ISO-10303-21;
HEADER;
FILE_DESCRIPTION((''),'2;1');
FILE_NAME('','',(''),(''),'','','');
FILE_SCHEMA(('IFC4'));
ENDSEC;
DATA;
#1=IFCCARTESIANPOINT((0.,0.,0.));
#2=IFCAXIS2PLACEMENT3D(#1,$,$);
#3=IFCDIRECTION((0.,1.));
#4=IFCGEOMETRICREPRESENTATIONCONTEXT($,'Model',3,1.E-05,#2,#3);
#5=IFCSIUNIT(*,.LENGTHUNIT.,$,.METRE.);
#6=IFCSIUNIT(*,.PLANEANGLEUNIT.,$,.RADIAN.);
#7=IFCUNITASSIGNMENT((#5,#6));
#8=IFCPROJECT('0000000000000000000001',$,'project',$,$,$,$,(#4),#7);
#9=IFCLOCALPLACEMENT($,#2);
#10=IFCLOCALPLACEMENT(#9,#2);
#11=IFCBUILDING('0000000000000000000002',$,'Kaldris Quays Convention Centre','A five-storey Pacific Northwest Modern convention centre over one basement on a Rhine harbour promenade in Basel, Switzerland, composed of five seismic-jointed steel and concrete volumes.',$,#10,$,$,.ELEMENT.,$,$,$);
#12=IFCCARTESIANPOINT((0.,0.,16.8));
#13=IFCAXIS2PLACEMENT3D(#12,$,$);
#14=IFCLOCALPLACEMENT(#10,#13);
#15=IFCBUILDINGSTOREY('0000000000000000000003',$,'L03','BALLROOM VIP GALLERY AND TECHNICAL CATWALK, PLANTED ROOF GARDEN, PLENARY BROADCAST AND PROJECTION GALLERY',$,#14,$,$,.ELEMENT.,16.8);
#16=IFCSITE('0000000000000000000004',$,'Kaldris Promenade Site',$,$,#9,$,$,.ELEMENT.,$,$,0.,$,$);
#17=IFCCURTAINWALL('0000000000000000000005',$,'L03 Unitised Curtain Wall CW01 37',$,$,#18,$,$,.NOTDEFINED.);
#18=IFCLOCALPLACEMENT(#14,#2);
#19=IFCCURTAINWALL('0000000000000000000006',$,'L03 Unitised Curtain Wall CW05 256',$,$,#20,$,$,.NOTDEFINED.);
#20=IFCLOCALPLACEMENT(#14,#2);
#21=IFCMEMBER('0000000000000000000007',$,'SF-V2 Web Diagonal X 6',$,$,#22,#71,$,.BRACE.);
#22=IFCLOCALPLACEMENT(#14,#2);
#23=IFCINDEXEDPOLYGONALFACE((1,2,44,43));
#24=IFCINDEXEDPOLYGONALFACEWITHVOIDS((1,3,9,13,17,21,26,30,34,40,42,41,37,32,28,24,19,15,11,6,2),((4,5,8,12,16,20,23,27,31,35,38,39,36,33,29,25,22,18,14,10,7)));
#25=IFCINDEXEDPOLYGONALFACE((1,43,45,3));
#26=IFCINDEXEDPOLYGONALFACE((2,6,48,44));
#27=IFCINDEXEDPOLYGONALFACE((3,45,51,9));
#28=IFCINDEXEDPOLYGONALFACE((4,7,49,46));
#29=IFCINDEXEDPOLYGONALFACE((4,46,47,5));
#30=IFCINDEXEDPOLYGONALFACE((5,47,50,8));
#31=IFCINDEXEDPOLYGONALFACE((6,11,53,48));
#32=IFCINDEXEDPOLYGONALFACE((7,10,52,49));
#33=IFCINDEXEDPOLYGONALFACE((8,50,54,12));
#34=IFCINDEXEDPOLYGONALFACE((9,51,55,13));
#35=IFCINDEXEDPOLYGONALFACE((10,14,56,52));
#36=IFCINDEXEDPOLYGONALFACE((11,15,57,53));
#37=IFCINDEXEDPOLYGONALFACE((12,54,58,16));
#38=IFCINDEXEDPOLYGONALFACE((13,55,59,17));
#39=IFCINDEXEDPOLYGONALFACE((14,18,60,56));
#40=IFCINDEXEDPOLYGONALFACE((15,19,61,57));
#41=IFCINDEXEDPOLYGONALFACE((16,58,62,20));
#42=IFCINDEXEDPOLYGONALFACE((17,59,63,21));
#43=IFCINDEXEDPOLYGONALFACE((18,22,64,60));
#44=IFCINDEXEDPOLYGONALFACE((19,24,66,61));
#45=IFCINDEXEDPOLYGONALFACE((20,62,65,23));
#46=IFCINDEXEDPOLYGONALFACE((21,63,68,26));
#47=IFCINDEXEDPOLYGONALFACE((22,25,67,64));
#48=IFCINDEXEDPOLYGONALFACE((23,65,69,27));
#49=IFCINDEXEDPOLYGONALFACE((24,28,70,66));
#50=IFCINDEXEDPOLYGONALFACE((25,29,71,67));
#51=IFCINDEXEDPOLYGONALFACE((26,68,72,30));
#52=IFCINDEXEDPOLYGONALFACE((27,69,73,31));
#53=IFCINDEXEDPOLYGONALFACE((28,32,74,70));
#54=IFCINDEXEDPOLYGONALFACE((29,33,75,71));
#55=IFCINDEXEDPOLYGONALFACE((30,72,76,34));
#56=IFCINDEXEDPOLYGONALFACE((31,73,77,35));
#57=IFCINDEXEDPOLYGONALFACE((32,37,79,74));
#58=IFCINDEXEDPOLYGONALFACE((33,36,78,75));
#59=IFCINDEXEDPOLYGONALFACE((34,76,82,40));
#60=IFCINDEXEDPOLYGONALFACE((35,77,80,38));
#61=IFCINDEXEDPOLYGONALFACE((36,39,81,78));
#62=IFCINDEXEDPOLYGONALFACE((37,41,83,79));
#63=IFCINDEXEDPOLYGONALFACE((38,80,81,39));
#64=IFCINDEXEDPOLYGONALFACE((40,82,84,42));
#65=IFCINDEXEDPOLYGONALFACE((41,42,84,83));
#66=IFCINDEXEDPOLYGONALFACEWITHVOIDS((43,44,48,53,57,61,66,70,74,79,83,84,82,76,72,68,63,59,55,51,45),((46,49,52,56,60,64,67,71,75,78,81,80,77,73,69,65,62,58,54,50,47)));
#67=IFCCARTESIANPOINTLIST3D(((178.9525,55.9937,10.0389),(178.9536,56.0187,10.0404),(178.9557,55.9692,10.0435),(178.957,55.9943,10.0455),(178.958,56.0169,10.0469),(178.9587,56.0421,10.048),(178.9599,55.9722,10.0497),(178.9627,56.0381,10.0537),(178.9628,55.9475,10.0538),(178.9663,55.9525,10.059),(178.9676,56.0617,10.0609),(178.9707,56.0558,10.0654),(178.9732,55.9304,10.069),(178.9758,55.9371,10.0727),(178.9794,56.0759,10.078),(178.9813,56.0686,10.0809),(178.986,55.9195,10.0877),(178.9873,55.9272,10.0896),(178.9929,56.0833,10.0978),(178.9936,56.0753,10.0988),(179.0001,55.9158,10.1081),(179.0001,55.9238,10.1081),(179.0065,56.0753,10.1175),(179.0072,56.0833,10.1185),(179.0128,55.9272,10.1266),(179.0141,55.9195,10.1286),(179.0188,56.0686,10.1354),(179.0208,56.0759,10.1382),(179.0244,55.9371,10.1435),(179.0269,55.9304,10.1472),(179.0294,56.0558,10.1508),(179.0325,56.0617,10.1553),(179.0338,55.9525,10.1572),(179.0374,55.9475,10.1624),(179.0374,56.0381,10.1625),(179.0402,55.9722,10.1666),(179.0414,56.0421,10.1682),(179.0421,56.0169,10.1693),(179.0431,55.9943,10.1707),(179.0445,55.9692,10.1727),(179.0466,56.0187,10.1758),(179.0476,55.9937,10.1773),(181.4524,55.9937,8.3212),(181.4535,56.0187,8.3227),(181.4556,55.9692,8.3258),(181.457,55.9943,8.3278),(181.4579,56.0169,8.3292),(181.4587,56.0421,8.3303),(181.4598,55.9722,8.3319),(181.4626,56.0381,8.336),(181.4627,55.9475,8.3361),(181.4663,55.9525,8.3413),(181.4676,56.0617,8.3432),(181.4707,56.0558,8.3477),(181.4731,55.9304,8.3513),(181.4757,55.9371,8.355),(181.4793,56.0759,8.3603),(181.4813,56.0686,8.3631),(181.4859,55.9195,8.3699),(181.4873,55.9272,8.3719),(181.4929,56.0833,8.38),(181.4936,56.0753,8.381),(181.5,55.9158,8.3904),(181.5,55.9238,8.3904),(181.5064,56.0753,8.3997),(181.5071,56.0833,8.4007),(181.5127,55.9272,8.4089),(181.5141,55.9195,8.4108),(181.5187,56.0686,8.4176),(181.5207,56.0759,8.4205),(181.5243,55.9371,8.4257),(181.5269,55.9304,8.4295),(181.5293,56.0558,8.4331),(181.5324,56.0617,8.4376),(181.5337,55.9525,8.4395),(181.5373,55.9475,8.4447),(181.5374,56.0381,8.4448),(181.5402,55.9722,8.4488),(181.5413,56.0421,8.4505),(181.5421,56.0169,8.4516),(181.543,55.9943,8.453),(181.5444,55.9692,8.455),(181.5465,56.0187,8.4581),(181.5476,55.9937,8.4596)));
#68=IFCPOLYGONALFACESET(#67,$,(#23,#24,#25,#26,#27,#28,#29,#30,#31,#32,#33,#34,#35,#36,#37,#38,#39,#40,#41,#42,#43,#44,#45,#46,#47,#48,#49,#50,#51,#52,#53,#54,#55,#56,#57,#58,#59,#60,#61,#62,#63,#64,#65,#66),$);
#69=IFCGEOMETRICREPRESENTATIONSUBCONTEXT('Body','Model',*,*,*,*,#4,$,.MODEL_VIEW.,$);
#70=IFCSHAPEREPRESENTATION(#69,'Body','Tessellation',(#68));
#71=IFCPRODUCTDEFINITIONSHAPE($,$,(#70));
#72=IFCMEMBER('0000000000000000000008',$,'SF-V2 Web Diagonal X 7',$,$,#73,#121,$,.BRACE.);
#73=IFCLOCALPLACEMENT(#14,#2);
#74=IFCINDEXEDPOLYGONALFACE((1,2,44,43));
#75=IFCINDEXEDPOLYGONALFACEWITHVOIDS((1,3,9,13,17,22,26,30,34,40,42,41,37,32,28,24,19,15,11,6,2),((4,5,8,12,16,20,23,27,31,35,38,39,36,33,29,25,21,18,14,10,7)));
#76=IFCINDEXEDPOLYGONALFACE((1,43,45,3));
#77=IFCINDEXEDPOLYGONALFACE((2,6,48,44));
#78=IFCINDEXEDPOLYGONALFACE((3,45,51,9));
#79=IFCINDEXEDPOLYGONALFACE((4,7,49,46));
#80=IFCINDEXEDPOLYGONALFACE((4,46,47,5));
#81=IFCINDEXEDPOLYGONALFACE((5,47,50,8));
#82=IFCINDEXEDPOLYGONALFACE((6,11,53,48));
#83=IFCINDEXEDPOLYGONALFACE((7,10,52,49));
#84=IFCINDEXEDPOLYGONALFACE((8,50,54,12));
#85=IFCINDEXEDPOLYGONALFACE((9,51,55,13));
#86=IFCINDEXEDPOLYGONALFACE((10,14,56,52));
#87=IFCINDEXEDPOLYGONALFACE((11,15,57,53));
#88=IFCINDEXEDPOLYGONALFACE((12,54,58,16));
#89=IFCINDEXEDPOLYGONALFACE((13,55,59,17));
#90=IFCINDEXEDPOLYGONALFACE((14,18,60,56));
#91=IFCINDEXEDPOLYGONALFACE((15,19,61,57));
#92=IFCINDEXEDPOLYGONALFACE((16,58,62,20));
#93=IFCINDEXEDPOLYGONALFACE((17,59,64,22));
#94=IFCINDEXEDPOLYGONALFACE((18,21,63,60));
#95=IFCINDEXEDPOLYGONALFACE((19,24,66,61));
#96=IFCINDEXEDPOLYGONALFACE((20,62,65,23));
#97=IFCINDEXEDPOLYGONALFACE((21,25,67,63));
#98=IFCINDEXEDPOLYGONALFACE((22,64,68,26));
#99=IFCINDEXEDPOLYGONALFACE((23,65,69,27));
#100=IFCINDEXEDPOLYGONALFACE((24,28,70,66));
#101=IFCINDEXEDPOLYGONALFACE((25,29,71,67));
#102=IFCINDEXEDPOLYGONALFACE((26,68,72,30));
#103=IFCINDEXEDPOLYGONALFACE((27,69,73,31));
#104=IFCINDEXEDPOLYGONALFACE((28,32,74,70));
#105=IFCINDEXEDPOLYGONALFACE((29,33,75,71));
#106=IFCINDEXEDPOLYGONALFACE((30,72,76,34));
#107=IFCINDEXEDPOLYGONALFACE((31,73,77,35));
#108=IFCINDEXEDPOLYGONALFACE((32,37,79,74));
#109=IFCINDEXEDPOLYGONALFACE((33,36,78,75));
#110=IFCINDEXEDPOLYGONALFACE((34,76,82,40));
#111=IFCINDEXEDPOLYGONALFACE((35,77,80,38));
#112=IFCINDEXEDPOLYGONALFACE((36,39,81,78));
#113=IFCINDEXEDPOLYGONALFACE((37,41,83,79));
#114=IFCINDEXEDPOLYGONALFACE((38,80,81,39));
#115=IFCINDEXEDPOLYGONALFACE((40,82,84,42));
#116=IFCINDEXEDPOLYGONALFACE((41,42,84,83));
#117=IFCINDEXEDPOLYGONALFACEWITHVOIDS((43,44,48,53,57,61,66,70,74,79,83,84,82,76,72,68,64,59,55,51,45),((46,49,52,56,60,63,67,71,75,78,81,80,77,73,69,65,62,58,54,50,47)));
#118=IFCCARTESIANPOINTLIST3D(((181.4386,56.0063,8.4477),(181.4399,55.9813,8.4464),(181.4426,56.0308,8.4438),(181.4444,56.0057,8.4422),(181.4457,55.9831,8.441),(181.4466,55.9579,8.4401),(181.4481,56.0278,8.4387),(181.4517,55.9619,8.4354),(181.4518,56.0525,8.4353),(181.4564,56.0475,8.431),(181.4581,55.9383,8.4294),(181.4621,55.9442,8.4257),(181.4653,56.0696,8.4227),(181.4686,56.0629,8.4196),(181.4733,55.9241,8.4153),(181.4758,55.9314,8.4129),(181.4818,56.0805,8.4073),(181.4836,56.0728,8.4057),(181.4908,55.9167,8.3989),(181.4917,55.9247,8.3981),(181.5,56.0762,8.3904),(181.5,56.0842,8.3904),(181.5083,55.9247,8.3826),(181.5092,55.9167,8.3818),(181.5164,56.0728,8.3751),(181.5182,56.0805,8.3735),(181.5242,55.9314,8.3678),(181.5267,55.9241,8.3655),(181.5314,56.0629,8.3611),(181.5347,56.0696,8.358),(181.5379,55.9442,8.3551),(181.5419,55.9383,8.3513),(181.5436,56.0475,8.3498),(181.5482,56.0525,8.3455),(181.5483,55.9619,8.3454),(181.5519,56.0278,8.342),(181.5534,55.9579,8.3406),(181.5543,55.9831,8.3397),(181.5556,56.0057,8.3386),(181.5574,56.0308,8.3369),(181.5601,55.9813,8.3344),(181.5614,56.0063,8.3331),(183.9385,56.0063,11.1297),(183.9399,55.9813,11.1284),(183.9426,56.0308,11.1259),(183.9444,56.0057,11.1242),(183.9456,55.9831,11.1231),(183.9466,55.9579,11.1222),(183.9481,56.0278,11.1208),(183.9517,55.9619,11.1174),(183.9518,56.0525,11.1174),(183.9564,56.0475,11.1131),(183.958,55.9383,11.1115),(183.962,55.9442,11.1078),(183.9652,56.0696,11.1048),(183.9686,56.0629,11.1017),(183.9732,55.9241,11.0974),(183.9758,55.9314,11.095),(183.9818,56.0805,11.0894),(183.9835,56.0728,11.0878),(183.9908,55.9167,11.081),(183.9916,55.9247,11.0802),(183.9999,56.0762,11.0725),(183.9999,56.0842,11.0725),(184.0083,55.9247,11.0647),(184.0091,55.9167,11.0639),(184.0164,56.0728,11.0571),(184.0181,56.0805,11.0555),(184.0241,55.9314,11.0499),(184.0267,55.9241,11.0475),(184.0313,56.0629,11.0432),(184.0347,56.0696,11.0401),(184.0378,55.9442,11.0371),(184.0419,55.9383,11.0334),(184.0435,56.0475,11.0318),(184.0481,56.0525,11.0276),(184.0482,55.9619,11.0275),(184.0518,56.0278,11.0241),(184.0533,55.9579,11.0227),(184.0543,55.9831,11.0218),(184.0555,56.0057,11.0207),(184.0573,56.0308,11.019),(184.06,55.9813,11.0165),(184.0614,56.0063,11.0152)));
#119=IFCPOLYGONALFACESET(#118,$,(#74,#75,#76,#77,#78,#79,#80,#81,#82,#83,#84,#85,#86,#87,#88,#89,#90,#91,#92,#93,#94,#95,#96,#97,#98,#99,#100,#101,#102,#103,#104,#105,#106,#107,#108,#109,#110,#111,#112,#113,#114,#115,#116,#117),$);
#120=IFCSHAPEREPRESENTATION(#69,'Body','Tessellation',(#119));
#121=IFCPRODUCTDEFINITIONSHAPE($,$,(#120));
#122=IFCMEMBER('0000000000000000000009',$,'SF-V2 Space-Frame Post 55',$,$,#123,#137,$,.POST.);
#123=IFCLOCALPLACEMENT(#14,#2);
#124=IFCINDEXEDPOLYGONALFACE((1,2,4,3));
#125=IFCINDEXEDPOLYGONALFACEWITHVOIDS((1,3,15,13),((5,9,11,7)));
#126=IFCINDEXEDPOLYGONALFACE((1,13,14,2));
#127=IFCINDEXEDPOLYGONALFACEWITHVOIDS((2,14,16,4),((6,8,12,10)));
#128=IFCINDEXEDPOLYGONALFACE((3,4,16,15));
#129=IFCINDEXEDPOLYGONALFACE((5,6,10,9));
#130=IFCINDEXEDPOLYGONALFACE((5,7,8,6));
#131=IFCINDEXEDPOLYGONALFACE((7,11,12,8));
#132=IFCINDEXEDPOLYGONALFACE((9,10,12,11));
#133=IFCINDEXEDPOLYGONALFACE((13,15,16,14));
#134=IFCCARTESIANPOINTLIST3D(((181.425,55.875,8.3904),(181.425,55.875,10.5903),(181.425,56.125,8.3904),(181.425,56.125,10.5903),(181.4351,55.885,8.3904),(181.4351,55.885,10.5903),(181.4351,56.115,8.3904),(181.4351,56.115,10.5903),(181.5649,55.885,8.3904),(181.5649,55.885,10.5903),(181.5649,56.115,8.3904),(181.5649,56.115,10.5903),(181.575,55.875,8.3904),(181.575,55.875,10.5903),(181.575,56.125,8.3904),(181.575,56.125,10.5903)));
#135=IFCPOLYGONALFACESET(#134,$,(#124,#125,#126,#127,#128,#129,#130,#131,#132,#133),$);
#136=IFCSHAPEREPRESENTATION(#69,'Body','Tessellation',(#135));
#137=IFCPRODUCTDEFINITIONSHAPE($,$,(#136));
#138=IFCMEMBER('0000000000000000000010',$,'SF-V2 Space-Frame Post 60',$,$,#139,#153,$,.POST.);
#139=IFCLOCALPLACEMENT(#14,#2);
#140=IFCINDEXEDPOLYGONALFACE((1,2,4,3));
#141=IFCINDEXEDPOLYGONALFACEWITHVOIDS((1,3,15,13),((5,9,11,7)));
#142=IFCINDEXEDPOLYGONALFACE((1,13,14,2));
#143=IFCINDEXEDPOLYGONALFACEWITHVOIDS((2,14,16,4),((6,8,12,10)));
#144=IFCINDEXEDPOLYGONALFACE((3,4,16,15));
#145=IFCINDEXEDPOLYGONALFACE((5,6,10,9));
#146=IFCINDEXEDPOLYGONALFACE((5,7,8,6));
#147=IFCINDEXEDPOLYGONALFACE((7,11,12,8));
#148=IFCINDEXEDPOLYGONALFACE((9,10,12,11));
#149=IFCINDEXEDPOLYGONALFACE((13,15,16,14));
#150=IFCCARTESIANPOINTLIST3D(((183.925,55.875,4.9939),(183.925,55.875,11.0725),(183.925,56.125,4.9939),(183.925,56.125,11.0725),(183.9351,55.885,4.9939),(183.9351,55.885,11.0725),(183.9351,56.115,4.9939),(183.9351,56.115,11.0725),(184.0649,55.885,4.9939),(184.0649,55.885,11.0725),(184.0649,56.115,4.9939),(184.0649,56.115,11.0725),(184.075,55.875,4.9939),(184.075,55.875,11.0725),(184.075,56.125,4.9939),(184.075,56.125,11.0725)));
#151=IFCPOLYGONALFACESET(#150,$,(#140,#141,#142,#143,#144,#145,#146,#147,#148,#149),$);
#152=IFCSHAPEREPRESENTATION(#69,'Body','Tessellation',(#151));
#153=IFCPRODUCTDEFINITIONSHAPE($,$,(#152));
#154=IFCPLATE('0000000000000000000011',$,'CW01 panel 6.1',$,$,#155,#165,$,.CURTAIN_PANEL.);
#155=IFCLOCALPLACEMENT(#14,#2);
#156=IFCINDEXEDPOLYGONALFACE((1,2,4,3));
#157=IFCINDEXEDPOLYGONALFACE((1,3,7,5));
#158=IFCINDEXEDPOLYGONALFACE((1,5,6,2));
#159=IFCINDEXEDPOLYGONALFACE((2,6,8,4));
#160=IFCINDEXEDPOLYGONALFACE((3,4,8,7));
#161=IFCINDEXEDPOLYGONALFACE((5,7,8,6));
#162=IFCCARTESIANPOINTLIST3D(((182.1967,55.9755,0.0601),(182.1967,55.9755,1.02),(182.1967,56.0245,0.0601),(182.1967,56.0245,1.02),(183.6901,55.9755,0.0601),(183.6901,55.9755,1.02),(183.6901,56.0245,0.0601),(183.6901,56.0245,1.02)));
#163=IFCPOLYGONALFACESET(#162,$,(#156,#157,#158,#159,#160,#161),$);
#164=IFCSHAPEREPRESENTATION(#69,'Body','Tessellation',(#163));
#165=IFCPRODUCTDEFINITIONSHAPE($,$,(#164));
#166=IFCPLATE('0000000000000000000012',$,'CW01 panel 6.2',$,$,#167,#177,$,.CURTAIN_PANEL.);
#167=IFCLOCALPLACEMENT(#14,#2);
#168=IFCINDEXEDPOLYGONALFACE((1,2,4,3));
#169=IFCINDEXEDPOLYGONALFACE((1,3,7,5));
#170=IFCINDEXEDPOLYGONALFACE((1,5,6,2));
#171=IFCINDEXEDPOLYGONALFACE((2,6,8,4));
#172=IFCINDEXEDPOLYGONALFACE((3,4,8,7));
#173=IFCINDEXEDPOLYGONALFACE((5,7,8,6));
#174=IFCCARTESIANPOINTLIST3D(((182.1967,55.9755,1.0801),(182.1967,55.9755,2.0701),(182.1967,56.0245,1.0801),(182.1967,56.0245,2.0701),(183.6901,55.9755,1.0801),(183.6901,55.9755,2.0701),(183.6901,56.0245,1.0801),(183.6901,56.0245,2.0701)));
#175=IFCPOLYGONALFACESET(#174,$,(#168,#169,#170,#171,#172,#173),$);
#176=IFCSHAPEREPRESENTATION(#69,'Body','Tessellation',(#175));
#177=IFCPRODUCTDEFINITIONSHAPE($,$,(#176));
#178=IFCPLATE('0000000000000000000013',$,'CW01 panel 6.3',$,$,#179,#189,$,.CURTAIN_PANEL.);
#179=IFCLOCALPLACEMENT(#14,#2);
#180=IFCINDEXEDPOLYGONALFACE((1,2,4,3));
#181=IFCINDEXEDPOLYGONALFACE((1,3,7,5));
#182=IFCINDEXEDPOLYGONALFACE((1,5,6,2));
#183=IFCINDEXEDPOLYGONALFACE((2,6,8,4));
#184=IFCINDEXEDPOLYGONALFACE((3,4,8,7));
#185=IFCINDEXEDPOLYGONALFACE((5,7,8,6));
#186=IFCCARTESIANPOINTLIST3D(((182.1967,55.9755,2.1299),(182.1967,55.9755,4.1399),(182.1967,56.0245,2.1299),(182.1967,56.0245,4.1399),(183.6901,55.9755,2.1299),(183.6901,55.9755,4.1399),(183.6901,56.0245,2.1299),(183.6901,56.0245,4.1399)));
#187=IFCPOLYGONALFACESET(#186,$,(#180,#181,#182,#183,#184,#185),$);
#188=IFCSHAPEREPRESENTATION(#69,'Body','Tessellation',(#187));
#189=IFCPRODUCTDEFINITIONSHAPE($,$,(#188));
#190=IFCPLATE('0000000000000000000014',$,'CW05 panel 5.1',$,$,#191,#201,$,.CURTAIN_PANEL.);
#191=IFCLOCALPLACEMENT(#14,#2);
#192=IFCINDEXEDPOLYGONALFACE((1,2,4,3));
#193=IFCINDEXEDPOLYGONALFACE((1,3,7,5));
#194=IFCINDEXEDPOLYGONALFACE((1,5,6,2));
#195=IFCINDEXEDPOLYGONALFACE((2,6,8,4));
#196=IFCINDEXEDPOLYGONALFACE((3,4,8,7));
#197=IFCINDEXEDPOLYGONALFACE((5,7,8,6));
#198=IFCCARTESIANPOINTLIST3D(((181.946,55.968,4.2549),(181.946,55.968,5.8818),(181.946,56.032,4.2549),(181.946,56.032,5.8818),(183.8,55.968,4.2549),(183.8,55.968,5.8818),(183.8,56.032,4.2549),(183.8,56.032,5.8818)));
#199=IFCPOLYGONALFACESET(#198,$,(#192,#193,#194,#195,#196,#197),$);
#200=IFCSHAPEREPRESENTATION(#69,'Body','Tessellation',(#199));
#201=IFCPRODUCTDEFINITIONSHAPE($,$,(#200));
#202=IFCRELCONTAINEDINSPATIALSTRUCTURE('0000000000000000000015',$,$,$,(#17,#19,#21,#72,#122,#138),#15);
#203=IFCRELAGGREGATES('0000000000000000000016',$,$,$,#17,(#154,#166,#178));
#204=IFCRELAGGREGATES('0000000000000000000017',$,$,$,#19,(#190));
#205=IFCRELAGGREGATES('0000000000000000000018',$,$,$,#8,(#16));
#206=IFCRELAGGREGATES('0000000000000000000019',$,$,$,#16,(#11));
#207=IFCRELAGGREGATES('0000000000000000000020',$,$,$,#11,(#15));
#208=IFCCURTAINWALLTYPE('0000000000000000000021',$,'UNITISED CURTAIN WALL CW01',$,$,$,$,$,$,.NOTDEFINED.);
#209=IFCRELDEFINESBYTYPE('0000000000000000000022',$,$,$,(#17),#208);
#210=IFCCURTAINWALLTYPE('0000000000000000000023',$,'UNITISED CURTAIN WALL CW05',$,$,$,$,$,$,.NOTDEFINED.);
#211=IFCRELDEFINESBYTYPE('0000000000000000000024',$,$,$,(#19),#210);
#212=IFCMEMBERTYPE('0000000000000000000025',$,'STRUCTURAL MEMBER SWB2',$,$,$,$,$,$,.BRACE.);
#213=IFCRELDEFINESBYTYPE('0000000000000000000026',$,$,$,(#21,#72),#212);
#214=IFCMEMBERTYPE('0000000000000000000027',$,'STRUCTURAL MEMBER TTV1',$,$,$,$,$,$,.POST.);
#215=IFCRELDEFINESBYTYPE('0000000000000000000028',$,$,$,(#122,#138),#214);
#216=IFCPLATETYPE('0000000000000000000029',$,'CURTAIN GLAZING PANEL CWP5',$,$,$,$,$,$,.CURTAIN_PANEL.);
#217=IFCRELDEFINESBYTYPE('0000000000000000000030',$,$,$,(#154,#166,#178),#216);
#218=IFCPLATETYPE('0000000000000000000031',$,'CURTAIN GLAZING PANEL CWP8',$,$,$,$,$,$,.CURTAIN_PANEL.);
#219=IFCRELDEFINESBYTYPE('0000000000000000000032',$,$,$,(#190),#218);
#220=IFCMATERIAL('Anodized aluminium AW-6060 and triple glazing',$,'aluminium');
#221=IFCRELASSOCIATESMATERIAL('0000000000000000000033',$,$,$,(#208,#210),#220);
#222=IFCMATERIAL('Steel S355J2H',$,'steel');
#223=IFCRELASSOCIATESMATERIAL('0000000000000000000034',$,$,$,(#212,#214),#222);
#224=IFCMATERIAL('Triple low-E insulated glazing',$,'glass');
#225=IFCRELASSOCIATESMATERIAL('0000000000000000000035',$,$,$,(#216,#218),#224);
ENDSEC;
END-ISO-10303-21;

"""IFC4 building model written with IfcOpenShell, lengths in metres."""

from ifc_helpers import new_model, si_unit, direction, frame, origin, origin_2d, place, context, subcontext, project, spatial, rectangle, hollow_rectangle, hollow_circle, extrude, material, material_profile, profile_set, type_object, element, aggregate, save


model = new_model("IFC4")

# Units and contexts
model_context = context("Model", 3, precision=1e-05, world=origin(), true_north=direction((0.0, 1.0)))
body_context = subcontext(model_context, "Body", "Model", "MODEL_VIEW")
ifc_project = project(units=[si_unit("LENGTHUNIT", "METRE"), si_unit("PLANEANGLEUNIT", "RADIAN")], contexts=[model_context])

# Site, building, storey
site_placement = place(None, origin())
site = spatial("IfcSite", under=ifc_project, at=site_placement, Name="Kaldris Promenade Site", CompositionType="ELEMENT", RefElevation=0.0)
building_placement = place(site_placement, origin())
building = spatial("IfcBuilding", under=site, at=building_placement, Name="Kaldris Quays Convention Centre", Description="A five-storey Pacific Northwest Modern convention centre over one basement on a Rhine harbour promenade in Basel, Switzerland, composed of five seismic-jointed steel and concrete volumes.", CompositionType="ELEMENT")
storey_placement = place(building_placement, frame((0.0, 0.0, 16.8)))
storey = spatial("IfcBuildingStorey", under=building, at=storey_placement, Name="L03", Description="BALLROOM VIP GALLERY AND TECHNICAL CATWALK, PLANTED ROOF GARDEN, PLENARY BROADCAST AND PROJECTION GALLERY", CompositionType="ELEMENT", Elevation=16.8)

# Curtain walls
ifc_material_1 = material(Name="Anodized aluminium AW-6060 and triple glazing", Category="aluminium")
curtain_wall_type_1 = type_object("IfcCurtainWallType", Name="UNITISED CURTAIN WALL CW01", PredefinedType="NOTDEFINED", material=ifc_material_1)
curtain_wall_1_placement = place(storey_placement, origin())
curtain_wall_1 = element("IfcCurtainWall", 1, at=curtain_wall_1_placement, inside=storey, type_object=curtain_wall_type_1, Name="L03 Unitised Curtain Wall CW01 37", PredefinedType="NOTDEFINED")
curtain_wall_type_2 = type_object("IfcCurtainWallType", Name="UNITISED CURTAIN WALL CW05", PredefinedType="NOTDEFINED", material=ifc_material_1)
curtain_wall_2_placement = place(storey_placement, origin())
curtain_wall_2 = element("IfcCurtainWall", 2, at=curtain_wall_2_placement, inside=storey, type_object=curtain_wall_type_2, Name="L03 Unitised Curtain Wall CW05 256", PredefinedType="NOTDEFINED")

# Members
ifc_material_2 = material(Name="Steel S355J2H", Category="steel")
ifc_material_profile_1 = material_profile(ifc_material_2, hollow_circle(Radius=0.0842, WallThickness=0.0081, at=origin_2d()), Name="CHS 168.3x8")
ifc_profile_set_1 = profile_set([ifc_material_profile_1], Name="Steel S355J2H")
member_type_1 = type_object("IfcMemberType", Name="STRUCTURAL MEMBER SWB2", PredefinedType="BRACE", material=ifc_profile_set_1)
member_1_placement = place(storey_placement, frame((181.5, 56.0, 8.3904), z_axis=(-0.824192, 0.0, 0.56631), x_axis=(0.0, -1.0, 0.0)))
element("IfcMember", 3, at=member_1_placement, inside=storey, type_object=member_type_1, Name="SF-V2 Web Diagonal X 6", PredefinedType="BRACE", context=body_context, shape_type="SweptSolid", body=[
    extrude(hollow_circle(Radius=0.0842, WallThickness=0.0081, at=origin_2d()), origin(), (0.0, 0.0, 1.0), 3.0332),
])
member_2_placement = place(storey_placement, frame((181.5, 56.0, 8.3904), z_axis=(0.681834, 0.0, 0.731507), x_axis=(0.0, 1.0, 0.0)))
element("IfcMember", 4, at=member_2_placement, inside=storey, type_object=member_type_1, Name="SF-V2 Web Diagonal X 7", PredefinedType="BRACE", context=body_context, shape_type="SweptSolid", body=[
    extrude(hollow_circle(Radius=0.0842, WallThickness=0.0081, at=origin_2d()), origin(), (0.0, 0.0, 1.0), 3.6665),
])
ifc_material_profile_2 = material_profile(ifc_material_2, hollow_rectangle(XDim=0.1499, YDim=0.25, WallThickness=0.01, at=origin_2d()), Name="RHS 250x150x10")
ifc_profile_set_2 = profile_set([ifc_material_profile_2], Name="Steel S355J2H")
member_type_2 = type_object("IfcMemberType", Name="STRUCTURAL MEMBER TTV1", PredefinedType="POST", material=ifc_profile_set_2)
member_3_placement = place(storey_placement, frame((181.5, 56.0, 8.3904), z_axis=(0.0, 0.0, 1.0), x_axis=(1.0, 0.0, 0.0)))
element("IfcMember", 5, at=member_3_placement, inside=storey, type_object=member_type_2, Name="SF-V2 Space-Frame Post 55", PredefinedType="POST", context=body_context, shape_type="SweptSolid", body=[
    extrude(hollow_rectangle(XDim=0.1499, YDim=0.25, WallThickness=0.01, at=origin_2d()), origin(), (0.0, 0.0, 1.0), 2.2),
])
member_4_placement = place(storey_placement, frame((184.0, 56.0, 4.9939), z_axis=(0.0, 0.0, 1.0), x_axis=(1.0, 0.0, 0.0)))
element("IfcMember", 6, at=member_4_placement, inside=storey, type_object=member_type_2, Name="SF-V2 Space-Frame Post 60", PredefinedType="POST", context=body_context, shape_type="SweptSolid", body=[
    extrude(hollow_rectangle(XDim=0.1499, YDim=0.25, WallThickness=0.01, at=origin_2d()), origin(), (0.0, 0.0, 1.0), 6.0786),
])

# Plates
ifc_material_3 = material(Name="Triple low-E insulated glazing", Category="glass")
plate_type_1 = type_object("IfcPlateType", Name="CURTAIN GLAZING PANEL CWP5", PredefinedType="CURTAIN_PANEL", material=ifc_material_3)
plate_1_placement = place(storey_placement, frame((182.9434, 56.0, 0.0601), z_axis=(0.0, 0.0, 1.0), x_axis=(1.0, 0.0, 0.0)))
plate_1 = element("IfcPlate", 7, at=plate_1_placement, type_object=plate_type_1, Name="CW01 panel 6.1", PredefinedType="CURTAIN_PANEL", context=body_context, shape_type="SweptSolid", body=[
    extrude(rectangle(XDim=1.4934, YDim=0.0491, at=origin_2d()), origin(), (0.0, 0.0, 1.0), 0.96),
])
plate_2_placement = place(storey_placement, frame((182.9434, 56.0, 1.0801), z_axis=(0.0, 0.0, 1.0), x_axis=(1.0, 0.0, 0.0)))
plate_2 = element("IfcPlate", 8, at=plate_2_placement, type_object=plate_type_1, Name="CW01 panel 6.2", PredefinedType="CURTAIN_PANEL", context=body_context, shape_type="SweptSolid", body=[
    extrude(rectangle(XDim=1.4934, YDim=0.0491, at=origin_2d()), origin(), (0.0, 0.0, 1.0), 0.99),
])
plate_3_placement = place(storey_placement, frame((182.9434, 56.0, 2.1299), z_axis=(0.0, 0.0, 1.0), x_axis=(1.0, 0.0, 0.0)))
plate_3 = element("IfcPlate", 9, at=plate_3_placement, type_object=plate_type_1, Name="CW01 panel 6.3", PredefinedType="CURTAIN_PANEL", context=body_context, shape_type="SweptSolid", body=[
    extrude(rectangle(XDim=1.4934, YDim=0.0491, at=origin_2d()), origin(), (0.0, 0.0, 1.0), 2.01),
])
aggregate(curtain_wall_1, [plate_1, plate_2, plate_3])
plate_type_2 = type_object("IfcPlateType", Name="CURTAIN GLAZING PANEL CWP8", PredefinedType="CURTAIN_PANEL", material=ifc_material_3)
plate_4_placement = place(storey_placement, frame((182.873, 56.0, 4.2549), z_axis=(0.0, 0.0, 1.0), x_axis=(1.0, 0.0, 0.0)))
plate_4 = element("IfcPlate", 10, at=plate_4_placement, type_object=plate_type_2, Name="CW05 panel 5.1", PredefinedType="CURTAIN_PANEL", context=body_context, shape_type="SweptSolid", body=[
    extrude(rectangle(XDim=1.854, YDim=0.064, at=origin_2d()), origin(), (0.0, 0.0, 1.0), 1.627),
])
aggregate(curtain_wall_2, [plate_4])

save(model, "model.ifc")
